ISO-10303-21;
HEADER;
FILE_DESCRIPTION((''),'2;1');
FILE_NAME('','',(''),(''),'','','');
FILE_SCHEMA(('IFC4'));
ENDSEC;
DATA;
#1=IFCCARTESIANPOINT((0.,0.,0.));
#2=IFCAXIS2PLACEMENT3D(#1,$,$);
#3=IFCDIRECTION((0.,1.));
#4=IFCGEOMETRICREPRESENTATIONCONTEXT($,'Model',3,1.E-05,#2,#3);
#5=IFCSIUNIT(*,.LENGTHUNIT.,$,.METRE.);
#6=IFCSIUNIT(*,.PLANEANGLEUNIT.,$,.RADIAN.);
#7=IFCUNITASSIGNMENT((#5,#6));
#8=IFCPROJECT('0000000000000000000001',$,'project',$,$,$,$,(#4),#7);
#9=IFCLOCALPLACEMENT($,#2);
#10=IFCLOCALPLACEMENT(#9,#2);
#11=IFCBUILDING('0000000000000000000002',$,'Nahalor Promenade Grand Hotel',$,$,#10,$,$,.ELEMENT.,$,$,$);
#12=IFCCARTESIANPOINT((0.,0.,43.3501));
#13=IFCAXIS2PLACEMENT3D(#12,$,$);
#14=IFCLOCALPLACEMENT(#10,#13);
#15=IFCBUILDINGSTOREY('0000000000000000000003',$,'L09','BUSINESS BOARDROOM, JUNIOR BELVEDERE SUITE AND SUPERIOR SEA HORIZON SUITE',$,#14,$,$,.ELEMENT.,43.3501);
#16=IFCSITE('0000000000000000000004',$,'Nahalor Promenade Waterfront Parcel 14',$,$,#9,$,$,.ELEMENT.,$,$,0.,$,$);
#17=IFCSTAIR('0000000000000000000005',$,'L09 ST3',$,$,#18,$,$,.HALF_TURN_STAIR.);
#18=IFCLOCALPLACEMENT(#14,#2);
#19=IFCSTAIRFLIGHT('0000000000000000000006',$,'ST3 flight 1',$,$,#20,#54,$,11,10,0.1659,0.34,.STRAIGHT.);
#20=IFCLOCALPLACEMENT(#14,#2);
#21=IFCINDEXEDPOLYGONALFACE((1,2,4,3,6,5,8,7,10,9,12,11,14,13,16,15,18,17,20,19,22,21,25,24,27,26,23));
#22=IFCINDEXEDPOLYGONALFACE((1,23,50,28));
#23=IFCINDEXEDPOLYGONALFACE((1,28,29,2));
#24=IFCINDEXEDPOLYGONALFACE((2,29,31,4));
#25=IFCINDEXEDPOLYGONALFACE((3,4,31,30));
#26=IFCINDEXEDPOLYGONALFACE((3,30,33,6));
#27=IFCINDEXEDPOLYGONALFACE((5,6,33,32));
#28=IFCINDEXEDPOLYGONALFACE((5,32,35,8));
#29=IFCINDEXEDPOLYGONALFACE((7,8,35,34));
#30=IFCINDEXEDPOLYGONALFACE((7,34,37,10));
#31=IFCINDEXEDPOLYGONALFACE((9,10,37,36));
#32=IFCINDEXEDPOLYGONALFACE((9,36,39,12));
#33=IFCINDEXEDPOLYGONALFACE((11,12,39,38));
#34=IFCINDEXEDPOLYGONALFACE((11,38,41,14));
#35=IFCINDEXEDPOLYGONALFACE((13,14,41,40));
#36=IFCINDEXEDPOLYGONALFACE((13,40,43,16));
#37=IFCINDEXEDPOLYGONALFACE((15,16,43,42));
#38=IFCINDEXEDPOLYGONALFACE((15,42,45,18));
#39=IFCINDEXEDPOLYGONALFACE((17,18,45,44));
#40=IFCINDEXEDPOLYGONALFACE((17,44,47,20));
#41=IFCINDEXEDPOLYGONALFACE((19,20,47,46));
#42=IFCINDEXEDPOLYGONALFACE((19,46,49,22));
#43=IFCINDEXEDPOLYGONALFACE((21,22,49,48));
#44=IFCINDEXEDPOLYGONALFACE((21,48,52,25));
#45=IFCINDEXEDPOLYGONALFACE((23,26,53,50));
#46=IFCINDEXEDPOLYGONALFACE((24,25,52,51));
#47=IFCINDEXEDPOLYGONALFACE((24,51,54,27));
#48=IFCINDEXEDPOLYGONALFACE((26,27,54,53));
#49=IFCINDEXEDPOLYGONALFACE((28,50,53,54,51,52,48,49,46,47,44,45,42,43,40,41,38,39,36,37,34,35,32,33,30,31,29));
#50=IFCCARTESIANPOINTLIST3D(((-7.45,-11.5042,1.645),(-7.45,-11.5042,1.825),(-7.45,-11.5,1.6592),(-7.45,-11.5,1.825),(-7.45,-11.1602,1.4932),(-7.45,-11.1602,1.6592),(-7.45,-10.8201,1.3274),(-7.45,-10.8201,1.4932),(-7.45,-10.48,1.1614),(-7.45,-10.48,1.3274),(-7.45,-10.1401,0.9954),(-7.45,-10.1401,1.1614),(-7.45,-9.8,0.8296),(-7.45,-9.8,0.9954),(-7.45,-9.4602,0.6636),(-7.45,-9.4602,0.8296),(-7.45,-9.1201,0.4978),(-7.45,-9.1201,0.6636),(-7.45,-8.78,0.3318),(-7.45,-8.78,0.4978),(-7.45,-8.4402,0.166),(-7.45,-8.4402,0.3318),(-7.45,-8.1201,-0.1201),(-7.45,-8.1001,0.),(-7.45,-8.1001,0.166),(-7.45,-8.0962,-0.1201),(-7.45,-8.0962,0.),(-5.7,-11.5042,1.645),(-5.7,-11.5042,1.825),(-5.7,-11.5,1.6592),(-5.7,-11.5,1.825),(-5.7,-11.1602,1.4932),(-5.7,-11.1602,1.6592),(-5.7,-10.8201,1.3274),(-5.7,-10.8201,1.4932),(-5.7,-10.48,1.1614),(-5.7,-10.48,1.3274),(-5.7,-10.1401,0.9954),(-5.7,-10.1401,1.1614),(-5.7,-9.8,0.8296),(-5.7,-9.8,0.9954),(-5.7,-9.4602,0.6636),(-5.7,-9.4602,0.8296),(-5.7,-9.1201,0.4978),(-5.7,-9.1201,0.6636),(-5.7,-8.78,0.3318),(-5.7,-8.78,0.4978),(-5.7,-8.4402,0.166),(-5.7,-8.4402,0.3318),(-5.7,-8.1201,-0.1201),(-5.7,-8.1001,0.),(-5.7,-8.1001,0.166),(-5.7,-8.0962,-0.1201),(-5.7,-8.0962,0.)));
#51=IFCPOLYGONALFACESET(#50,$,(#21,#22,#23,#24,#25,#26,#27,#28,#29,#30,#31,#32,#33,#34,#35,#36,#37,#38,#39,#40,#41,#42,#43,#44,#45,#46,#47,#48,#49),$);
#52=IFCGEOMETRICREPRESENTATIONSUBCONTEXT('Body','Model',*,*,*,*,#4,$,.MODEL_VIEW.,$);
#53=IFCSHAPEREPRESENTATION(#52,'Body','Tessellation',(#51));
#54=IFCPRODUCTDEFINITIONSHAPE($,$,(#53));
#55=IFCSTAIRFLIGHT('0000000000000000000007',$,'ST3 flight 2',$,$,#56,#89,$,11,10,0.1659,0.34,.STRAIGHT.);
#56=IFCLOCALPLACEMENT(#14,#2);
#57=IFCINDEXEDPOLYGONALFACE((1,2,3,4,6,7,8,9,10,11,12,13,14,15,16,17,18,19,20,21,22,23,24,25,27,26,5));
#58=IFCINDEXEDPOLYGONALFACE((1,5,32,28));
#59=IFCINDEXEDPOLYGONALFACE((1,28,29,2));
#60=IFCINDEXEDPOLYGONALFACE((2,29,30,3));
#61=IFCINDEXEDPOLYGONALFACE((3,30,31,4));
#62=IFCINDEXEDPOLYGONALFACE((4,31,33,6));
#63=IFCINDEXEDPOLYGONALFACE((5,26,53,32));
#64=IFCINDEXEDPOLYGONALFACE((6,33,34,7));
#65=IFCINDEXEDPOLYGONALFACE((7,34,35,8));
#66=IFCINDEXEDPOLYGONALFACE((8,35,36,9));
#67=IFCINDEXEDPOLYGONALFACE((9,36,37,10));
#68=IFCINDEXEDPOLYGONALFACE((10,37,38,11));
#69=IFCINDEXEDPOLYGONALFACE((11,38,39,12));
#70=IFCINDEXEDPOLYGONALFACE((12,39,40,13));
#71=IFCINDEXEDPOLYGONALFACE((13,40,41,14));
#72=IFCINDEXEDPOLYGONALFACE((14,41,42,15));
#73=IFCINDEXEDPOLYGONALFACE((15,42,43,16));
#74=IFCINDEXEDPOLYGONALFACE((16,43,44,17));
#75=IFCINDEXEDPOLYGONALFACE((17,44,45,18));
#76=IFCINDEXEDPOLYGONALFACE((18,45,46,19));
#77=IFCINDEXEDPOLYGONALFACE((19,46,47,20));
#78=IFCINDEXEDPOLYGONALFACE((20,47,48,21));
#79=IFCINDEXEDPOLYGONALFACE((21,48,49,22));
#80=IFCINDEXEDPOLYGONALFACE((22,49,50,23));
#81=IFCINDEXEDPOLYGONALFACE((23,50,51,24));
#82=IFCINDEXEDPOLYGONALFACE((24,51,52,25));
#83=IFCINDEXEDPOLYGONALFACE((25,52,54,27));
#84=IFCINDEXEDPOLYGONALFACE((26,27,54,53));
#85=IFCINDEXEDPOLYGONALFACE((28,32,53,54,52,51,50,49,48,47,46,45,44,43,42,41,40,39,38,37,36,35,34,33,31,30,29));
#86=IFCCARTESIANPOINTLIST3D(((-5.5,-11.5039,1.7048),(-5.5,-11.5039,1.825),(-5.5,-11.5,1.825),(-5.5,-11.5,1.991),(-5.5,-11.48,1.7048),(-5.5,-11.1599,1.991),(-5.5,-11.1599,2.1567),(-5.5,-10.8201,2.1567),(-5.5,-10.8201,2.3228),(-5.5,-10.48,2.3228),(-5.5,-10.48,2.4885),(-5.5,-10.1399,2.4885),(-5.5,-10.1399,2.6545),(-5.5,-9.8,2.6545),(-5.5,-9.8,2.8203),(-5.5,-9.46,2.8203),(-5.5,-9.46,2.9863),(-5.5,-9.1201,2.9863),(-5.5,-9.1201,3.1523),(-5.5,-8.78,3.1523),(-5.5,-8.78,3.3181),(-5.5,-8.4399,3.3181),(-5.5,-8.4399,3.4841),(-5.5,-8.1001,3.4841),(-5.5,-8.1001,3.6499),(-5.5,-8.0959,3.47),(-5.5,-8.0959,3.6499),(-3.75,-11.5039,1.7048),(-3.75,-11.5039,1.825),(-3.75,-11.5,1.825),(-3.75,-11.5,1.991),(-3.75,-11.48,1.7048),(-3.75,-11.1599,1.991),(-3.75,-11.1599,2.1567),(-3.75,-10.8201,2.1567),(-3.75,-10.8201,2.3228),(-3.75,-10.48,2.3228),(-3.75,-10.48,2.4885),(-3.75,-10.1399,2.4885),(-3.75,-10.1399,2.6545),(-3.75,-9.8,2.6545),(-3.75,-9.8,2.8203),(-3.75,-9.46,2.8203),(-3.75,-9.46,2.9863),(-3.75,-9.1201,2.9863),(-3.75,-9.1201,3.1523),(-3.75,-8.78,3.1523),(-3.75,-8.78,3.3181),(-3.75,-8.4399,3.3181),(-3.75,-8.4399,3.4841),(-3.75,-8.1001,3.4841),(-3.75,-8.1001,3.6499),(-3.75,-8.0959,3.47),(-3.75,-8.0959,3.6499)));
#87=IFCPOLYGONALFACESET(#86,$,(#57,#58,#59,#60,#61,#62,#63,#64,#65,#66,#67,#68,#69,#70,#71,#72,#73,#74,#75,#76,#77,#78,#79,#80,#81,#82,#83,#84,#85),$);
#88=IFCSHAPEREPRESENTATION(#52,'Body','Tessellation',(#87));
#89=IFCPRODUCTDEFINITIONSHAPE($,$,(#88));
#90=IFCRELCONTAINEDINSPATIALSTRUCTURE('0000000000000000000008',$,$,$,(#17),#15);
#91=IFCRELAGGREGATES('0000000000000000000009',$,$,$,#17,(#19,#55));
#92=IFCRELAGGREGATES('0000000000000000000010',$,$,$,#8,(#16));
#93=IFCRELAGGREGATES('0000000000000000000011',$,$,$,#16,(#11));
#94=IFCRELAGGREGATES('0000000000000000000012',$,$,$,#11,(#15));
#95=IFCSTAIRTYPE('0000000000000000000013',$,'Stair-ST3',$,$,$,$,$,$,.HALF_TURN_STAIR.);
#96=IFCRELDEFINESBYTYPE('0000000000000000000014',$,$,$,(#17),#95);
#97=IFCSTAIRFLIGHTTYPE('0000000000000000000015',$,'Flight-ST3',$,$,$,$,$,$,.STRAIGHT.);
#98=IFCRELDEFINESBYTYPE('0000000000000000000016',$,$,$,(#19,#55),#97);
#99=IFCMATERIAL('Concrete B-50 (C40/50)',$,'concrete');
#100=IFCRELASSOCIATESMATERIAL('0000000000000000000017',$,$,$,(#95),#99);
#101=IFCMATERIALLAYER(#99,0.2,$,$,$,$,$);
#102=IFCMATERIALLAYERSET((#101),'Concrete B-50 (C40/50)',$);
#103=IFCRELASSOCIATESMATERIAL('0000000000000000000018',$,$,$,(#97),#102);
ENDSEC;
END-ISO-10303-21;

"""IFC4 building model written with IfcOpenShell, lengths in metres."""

from ifc_helpers import new_model, si_unit, direction, frame, origin, place, context, subcontext, project, spatial, polyline, outline, extrude, source, transform, mapped, material, layer, layer_set, type_object, element, aggregate, save


model = new_model("IFC4")

# Units and contexts
model_context = context("Model", 3, precision=1e-05, world=origin(), true_north=direction((0.0, 1.0)))
body_context = subcontext(model_context, "Body", "Model", "MODEL_VIEW")
ifc_project = project(units=[si_unit("LENGTHUNIT", "METRE"), si_unit("PLANEANGLEUNIT", "RADIAN")], contexts=[model_context])

# Site, building, storey
site_placement = place(None, origin())
site = spatial("IfcSite", under=ifc_project, at=site_placement, Name="Nahalor Promenade Waterfront Parcel 14", CompositionType="ELEMENT", RefElevation=0.0)
building_placement = place(site_placement, origin())
building = spatial("IfcBuilding", under=site, at=building_placement, Name="Nahalor Promenade Grand Hotel", CompositionType="ELEMENT")
storey_placement = place(building_placement, frame((0.0, 0.0, 43.3501)))
storey = spatial("IfcBuildingStorey", under=building, at=storey_placement, Name="L09", Description="BUSINESS BOARDROOM, JUNIOR BELVEDERE SUITE AND SUPERIOR SEA HORIZON SUITE", CompositionType="ELEMENT", Elevation=43.3501)

# Shared definitions
ifc_material_1 = material(Name="Concrete B-50 (C40/50)", Category="concrete")

# Stair, stair flights
stair_type = type_object("IfcStairType", Name="Stair-ST3", PredefinedType="HALF_TURN_STAIR", material=ifc_material_1)
stair_placement = place(storey_placement, origin())
stair = element("IfcStair", 1, at=stair_placement, inside=storey, type_object=stair_type, Name="L09 ST3", PredefinedType="HALF_TURN_STAIR")
ifc_layer_1 = layer(ifc_material_1, 0.2)
ifc_layer_set_1 = layer_set([ifc_layer_1], Name="Concrete B-50 (C40/50)")
stair_flight_type = type_object("IfcStairFlightType", Name="Flight-ST3", PredefinedType="STRAIGHT", material=ifc_layer_set_1)
shared_shape_1 = source(origin(), body_context, "Body", "SweptSolid", [
    extrude(outline(polyline([(-0.0039, -0.1201), (-0.0039, 0.0), (0.0, 0.0), (0.0, 0.166), (0.3401, 0.166), (0.3401, 0.3318), (0.6799, 0.3318), (0.6799, 0.4978), (1.02, 0.4978), (1.02, 0.6636), (1.3601, 0.6636), (1.3601, 0.8296), (1.7, 0.8296), (1.7, 0.9954), (2.04, 0.9954), (2.04, 1.1614), (2.3799, 1.1614), (2.3799, 1.3274), (2.72, 1.3274), (2.72, 1.4932), (3.0601, 1.4932), (3.0601, 1.6592), (3.3999, 1.6592), (3.3999, 1.825), (3.4041, 1.825), (3.4041, 1.645), (0.02, -0.1201), (-0.0039, -0.1201)])), frame((0.0, 0.875, 0.0), z_axis=(0.0, -1.0, 0.0), x_axis=(1.0, 0.0, 0.0)), (0.0, 0.0, 1.0), 1.75),
])
stair_flight_1_placement = place(storey_placement, frame((-6.575, -8.1001, 0.0), z_axis=(0.0, 0.0, 1.0), x_axis=(0.0, -1.0, 0.0)))
stair_flight_1 = element("IfcStairFlight", 2, at=stair_flight_1_placement, type_object=stair_flight_type, Name="ST3 flight 1", NumberOfRisers=11, NumberOfTreads=10, PredefinedType="STRAIGHT", RiserHeight=0.1659, TreadLength=0.34, context=body_context, shape_type="MappedRepresentation", body=[
    mapped(shared_shape_1, transform((0.0, 0.0, 0.0), scale=1.0)),
])
stair_flight_2_placement = place(storey_placement, frame((-4.625, -11.5, 1.825), z_axis=(0.0, 0.0, 1.0), x_axis=(0.0, 1.0, 0.0)))
stair_flight_2 = element("IfcStairFlight", 3, at=stair_flight_2_placement, type_object=stair_flight_type, Name="ST3 flight 2", NumberOfRisers=11, NumberOfTreads=10, PredefinedType="STRAIGHT", RiserHeight=0.1659, TreadLength=0.34, context=body_context, shape_type="MappedRepresentation", body=[
    mapped(shared_shape_1, transform((0.0, 0.0, 0.0), scale=1.0)),
])
aggregate(stair, [stair_flight_1, stair_flight_2])

save(model, "model.ifc")
